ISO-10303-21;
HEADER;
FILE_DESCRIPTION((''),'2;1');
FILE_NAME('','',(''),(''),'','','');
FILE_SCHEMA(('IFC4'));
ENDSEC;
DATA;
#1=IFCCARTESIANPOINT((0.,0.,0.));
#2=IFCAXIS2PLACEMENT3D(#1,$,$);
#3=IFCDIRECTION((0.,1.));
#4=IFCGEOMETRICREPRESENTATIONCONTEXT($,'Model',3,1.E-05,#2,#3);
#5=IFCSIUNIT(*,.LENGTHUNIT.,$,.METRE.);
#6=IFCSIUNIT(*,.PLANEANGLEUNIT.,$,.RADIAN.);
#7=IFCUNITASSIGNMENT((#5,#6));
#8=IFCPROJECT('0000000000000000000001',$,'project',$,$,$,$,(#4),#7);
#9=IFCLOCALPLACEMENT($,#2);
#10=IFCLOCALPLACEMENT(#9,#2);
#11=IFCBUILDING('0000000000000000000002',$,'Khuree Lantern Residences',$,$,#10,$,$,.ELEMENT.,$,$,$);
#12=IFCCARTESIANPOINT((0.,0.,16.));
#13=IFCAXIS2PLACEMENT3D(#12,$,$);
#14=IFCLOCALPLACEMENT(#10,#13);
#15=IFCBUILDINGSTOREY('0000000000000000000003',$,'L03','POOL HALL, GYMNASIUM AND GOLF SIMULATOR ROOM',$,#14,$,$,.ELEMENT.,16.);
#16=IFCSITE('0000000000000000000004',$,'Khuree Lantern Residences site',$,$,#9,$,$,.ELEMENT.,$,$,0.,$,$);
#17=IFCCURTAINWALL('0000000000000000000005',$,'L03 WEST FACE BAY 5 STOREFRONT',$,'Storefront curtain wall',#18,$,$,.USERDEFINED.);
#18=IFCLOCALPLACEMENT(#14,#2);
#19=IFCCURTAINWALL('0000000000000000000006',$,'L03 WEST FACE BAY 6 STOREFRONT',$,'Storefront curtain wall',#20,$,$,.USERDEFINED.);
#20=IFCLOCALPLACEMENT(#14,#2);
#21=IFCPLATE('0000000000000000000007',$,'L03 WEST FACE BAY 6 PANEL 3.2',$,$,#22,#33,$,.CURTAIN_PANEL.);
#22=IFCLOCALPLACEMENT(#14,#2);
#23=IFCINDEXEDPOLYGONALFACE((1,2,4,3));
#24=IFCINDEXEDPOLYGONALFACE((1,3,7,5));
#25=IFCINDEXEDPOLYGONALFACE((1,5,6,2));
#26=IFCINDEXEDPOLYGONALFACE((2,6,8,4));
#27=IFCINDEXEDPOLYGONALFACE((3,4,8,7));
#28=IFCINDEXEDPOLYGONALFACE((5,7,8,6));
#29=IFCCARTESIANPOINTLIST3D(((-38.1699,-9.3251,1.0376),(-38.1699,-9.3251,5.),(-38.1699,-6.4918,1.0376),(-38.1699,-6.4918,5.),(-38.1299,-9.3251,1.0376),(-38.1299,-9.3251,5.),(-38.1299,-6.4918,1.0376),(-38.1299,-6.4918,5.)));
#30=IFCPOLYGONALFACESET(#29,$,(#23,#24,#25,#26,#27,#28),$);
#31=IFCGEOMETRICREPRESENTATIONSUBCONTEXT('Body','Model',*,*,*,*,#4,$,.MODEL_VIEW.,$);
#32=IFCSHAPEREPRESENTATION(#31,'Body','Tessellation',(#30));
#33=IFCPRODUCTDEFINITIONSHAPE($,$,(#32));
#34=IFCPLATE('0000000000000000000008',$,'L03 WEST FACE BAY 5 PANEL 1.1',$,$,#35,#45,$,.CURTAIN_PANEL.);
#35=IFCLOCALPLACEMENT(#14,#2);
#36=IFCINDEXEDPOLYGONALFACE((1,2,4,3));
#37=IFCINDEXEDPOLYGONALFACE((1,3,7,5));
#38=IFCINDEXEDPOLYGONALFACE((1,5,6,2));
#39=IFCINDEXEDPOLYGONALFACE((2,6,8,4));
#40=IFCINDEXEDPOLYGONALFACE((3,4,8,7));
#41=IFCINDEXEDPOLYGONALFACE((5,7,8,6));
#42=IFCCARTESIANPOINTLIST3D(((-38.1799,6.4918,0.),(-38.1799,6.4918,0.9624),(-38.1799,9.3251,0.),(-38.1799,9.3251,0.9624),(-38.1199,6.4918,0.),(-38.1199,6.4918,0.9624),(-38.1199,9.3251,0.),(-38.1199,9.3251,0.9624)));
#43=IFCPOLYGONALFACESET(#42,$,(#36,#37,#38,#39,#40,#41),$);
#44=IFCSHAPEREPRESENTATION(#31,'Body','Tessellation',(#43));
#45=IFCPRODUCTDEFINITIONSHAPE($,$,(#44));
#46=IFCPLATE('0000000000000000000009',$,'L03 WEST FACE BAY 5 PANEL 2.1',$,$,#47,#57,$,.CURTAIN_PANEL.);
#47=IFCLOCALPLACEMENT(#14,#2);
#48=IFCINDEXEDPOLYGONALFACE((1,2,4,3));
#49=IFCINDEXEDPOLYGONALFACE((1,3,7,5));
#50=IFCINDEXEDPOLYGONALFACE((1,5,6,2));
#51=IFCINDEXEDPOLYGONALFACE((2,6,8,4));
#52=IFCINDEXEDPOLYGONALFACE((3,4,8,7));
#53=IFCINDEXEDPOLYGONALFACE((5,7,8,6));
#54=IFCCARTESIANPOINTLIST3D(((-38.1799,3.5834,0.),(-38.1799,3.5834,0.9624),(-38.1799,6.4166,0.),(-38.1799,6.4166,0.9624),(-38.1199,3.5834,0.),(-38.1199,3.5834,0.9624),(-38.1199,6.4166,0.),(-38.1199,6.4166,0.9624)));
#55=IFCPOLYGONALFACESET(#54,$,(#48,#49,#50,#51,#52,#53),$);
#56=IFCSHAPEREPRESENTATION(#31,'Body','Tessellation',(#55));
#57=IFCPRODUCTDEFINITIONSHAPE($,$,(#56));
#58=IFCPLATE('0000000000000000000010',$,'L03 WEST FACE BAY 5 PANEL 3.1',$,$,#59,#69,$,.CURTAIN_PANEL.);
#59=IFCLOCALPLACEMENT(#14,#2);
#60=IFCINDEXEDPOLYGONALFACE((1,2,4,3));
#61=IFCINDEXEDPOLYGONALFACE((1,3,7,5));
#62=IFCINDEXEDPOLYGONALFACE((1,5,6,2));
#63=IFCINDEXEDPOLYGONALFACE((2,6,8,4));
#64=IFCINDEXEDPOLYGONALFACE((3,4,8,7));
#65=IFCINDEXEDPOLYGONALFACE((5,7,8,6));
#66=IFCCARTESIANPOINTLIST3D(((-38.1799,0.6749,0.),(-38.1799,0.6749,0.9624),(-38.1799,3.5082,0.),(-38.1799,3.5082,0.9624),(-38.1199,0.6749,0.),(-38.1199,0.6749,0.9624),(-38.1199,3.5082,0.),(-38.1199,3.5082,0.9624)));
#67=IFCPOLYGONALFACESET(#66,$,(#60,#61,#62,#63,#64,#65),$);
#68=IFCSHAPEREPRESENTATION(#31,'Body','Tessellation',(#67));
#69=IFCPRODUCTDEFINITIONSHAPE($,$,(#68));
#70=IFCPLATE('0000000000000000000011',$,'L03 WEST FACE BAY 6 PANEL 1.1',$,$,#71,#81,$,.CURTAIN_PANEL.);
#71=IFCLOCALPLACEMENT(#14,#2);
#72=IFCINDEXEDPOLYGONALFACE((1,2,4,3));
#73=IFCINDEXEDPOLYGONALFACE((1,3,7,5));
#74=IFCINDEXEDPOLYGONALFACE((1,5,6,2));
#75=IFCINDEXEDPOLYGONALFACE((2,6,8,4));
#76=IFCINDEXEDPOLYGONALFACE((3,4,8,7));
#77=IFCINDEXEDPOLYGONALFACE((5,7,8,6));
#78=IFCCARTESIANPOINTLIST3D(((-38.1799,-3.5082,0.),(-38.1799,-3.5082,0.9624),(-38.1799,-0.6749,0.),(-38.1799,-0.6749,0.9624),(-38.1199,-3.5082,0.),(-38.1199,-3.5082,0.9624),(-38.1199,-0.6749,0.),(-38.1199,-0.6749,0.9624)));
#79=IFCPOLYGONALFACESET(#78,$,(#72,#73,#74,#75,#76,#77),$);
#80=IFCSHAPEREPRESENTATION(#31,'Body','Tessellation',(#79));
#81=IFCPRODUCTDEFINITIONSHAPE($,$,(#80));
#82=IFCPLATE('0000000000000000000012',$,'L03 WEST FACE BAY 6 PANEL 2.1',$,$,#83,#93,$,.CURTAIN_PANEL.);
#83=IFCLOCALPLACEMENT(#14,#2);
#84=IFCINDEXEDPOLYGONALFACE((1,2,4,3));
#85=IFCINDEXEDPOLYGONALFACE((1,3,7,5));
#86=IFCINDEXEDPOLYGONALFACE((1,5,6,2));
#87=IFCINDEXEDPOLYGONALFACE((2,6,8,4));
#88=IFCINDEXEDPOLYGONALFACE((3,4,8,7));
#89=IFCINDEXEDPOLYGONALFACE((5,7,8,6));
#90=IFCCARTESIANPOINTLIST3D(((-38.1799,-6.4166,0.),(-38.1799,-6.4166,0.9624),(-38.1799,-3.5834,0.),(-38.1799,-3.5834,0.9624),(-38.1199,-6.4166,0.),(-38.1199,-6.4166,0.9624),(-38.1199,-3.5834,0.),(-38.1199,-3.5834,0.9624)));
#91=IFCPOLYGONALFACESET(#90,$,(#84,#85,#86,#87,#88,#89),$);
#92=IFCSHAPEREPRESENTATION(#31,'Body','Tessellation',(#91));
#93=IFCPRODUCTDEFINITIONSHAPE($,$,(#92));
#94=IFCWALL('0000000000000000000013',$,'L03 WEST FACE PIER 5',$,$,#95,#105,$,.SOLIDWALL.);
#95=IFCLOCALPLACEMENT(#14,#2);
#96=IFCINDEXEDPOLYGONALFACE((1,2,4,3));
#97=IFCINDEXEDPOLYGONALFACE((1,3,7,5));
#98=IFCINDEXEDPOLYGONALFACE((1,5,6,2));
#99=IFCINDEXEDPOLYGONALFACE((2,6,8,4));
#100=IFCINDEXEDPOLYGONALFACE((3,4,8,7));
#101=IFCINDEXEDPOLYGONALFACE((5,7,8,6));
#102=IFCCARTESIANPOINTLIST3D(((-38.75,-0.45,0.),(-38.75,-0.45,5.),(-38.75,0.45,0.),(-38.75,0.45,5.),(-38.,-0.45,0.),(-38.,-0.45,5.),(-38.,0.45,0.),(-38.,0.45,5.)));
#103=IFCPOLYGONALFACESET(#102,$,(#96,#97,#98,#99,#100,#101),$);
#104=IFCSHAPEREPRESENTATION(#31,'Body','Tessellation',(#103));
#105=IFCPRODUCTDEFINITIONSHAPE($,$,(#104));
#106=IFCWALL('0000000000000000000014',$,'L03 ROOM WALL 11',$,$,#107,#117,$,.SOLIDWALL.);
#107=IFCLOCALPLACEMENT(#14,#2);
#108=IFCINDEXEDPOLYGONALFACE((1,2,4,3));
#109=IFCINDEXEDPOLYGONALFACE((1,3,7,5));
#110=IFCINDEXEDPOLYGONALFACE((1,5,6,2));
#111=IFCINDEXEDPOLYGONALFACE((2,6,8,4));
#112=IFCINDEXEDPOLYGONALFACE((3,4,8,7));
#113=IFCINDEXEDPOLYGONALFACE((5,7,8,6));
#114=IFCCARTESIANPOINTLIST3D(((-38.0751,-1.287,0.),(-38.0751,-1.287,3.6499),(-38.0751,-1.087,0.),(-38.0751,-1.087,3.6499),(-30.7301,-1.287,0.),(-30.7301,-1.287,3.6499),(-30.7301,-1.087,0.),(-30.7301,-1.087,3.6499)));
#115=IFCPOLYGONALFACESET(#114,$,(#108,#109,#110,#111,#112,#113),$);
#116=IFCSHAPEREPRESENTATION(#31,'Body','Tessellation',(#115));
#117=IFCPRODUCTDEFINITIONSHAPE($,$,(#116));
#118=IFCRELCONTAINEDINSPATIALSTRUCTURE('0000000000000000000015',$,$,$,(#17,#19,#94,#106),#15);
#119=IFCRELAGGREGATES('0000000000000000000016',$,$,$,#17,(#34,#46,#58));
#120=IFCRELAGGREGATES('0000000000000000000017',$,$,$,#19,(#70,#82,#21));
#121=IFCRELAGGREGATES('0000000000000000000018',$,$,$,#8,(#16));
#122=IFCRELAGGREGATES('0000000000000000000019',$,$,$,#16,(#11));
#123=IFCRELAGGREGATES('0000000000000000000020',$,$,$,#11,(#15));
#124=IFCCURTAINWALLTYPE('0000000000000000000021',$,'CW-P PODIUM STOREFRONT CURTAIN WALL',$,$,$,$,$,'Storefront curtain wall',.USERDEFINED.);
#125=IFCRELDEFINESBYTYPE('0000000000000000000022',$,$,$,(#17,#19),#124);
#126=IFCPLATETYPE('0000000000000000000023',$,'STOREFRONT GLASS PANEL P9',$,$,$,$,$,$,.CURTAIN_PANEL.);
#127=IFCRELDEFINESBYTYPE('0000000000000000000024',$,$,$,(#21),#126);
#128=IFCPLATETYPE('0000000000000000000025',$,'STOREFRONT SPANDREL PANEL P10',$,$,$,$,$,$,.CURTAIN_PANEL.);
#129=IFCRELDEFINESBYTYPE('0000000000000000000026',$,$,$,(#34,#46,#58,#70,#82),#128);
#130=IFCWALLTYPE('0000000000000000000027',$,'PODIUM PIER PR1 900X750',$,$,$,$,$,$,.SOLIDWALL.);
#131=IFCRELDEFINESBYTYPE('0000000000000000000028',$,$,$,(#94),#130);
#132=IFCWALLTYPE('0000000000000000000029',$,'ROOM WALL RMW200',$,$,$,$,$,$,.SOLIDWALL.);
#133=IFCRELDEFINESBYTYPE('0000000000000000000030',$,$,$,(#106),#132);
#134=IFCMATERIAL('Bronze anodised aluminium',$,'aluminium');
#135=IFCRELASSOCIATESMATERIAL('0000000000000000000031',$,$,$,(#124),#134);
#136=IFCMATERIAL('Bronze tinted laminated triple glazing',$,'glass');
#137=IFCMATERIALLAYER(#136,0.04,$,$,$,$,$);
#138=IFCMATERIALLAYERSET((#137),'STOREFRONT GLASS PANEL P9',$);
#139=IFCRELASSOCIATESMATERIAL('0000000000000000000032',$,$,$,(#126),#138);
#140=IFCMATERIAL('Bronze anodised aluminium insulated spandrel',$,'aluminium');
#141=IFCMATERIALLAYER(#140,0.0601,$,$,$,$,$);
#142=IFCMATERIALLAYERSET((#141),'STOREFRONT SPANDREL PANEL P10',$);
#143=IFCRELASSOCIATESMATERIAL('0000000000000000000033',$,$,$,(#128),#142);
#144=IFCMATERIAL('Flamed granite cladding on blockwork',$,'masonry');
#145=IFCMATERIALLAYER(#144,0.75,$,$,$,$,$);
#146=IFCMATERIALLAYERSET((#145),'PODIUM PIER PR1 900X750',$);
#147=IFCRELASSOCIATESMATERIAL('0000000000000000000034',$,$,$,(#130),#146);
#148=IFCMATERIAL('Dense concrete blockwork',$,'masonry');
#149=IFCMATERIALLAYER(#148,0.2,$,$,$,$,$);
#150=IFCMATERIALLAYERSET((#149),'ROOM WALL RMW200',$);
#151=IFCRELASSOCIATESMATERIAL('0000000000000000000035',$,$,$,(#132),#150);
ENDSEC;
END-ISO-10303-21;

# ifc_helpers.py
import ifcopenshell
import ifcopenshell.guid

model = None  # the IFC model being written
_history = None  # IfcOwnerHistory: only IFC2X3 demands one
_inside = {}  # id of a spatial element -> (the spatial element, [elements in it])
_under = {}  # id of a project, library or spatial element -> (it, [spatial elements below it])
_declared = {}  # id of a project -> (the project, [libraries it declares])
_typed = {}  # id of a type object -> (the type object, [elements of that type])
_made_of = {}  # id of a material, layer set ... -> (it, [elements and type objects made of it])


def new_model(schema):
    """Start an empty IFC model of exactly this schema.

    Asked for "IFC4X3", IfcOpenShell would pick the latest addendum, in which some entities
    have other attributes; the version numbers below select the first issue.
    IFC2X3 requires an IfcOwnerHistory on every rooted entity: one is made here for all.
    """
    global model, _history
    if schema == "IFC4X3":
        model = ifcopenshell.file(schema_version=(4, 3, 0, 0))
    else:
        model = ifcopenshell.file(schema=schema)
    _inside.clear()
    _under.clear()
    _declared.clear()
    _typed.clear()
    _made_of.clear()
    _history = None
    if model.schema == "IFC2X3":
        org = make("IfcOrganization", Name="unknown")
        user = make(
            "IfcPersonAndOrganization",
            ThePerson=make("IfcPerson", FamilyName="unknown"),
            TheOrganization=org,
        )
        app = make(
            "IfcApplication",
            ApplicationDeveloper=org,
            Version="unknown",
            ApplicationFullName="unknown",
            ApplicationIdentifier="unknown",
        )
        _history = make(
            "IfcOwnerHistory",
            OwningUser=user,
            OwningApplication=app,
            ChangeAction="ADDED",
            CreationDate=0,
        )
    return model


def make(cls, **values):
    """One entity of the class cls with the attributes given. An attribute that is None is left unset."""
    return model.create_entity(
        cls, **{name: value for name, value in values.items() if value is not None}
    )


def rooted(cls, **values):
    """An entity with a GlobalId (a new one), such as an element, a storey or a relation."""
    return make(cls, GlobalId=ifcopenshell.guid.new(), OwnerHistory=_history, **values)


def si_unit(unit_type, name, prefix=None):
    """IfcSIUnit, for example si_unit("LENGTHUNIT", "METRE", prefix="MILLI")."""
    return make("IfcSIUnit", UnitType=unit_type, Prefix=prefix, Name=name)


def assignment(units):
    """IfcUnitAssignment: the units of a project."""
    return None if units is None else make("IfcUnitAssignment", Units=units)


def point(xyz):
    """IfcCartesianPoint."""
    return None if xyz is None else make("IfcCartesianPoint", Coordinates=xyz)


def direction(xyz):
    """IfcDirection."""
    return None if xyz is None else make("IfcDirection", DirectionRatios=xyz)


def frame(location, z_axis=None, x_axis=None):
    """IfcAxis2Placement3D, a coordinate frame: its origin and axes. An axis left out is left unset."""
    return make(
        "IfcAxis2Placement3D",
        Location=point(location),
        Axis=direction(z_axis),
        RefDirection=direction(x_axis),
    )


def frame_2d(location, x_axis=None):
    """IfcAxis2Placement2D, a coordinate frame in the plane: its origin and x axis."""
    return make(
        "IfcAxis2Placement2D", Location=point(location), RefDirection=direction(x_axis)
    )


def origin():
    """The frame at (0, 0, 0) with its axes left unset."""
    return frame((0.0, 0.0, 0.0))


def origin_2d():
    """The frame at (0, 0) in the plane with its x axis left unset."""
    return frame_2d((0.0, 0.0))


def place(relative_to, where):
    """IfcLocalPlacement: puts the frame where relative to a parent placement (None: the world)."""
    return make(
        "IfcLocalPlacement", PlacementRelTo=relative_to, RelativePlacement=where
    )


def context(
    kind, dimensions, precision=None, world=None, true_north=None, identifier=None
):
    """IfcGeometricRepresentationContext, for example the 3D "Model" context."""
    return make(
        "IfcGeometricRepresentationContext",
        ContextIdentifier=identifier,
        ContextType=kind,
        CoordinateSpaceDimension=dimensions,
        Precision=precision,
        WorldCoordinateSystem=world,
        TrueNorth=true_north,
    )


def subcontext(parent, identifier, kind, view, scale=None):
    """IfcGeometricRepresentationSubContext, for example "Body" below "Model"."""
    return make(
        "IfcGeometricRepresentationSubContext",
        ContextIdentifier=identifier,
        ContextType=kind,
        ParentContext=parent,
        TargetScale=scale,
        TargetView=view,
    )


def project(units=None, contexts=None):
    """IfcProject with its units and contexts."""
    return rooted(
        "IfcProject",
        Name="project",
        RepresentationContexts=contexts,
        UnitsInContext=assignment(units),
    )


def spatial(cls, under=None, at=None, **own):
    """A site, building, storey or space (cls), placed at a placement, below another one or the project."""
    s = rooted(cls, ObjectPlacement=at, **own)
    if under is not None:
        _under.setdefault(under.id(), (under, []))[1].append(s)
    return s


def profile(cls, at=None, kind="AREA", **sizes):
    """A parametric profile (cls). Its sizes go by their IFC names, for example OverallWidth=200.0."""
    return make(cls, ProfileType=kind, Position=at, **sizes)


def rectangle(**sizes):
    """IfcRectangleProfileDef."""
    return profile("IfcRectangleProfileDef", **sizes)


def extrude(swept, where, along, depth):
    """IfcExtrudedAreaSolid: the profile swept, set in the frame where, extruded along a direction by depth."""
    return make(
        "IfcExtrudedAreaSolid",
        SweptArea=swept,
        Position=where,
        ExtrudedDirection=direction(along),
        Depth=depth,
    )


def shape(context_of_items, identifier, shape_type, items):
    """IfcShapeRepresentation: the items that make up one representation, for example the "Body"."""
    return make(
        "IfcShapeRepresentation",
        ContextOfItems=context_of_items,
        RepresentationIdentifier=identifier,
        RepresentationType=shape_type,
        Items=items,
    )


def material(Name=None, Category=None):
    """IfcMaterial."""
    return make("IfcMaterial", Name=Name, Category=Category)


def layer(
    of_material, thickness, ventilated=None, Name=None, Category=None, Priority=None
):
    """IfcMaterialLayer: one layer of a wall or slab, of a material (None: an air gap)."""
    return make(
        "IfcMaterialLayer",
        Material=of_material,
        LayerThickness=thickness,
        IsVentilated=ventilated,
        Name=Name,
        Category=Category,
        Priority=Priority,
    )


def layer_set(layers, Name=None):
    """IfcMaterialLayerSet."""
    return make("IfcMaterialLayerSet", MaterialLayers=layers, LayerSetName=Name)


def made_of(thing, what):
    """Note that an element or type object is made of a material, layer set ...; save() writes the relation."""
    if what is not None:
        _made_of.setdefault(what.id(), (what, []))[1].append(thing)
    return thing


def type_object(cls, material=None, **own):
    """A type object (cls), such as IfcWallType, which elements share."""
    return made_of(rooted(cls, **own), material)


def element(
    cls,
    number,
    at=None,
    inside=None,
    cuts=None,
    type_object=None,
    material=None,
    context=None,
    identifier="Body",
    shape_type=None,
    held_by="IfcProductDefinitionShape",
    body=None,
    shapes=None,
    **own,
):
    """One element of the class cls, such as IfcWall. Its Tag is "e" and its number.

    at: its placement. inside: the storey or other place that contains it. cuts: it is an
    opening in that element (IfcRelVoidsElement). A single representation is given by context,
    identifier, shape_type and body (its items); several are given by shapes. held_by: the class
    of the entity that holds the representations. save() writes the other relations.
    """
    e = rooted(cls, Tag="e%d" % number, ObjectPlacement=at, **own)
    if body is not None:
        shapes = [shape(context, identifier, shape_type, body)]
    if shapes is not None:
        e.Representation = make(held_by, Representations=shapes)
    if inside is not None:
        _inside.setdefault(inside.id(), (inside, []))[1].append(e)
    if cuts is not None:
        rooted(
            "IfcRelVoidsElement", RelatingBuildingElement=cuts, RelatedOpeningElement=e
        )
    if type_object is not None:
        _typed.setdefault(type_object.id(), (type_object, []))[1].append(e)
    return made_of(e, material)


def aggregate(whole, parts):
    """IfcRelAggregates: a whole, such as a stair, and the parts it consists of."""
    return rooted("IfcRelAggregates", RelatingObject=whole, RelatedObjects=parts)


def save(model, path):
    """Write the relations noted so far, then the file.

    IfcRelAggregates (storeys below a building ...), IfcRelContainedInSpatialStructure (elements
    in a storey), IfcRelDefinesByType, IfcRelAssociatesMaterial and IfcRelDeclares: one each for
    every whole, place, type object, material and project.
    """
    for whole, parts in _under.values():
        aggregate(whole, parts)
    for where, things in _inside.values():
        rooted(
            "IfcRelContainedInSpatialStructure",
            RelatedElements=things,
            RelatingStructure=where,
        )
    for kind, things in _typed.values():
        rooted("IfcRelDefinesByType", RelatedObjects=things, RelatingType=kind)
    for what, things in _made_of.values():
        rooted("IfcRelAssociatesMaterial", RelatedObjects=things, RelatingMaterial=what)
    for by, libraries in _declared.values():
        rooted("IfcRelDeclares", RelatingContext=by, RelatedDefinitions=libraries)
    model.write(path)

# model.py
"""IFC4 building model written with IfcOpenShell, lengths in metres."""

from ifc_helpers import new_model, si_unit, direction, frame, frame_2d, origin, origin_2d, place, context, subcontext, project, spatial, rectangle, extrude, material, layer, layer_set, type_object, element, aggregate, save


model = new_model("IFC4")

# Units and contexts
model_context = context("Model", 3, precision=1e-05, world=origin(), true_north=direction((0.0, 1.0)))
body_context = subcontext(model_context, "Body", "Model", "MODEL_VIEW")
ifc_project = project(units=[si_unit("LENGTHUNIT", "METRE"), si_unit("PLANEANGLEUNIT", "RADIAN")], contexts=[model_context])

# Site, building, storey
site_placement = place(None, origin())
site = spatial("IfcSite", under=ifc_project, at=site_placement, Name="Khuree Lantern Residences site", CompositionType="ELEMENT", RefElevation=0.0)
building_placement = place(site_placement, origin())
building = spatial("IfcBuilding", under=site, at=building_placement, Name="Khuree Lantern Residences", CompositionType="ELEMENT")
storey_placement = place(building_placement, frame((0.0, 0.0, 16.0)))
storey = spatial("IfcBuildingStorey", under=building, at=storey_placement, Name="L03", Description="POOL HALL, GYMNASIUM AND GOLF SIMULATOR ROOM", CompositionType="ELEMENT", Elevation=16.0)

# Curtain walls
ifc_material_1 = material(Name="Bronze anodised aluminium", Category="aluminium")
curtain_wall_type = type_object("IfcCurtainWallType", Name="CW-P PODIUM STOREFRONT CURTAIN WALL", ElementType="Storefront curtain wall", PredefinedType="USERDEFINED", material=ifc_material_1)
curtain_wall_1_placement = place(storey_placement, origin())
curtain_wall_1 = element("IfcCurtainWall", 1, at=curtain_wall_1_placement, inside=storey, type_object=curtain_wall_type, Name="L03 WEST FACE BAY 5 STOREFRONT", ObjectType="Storefront curtain wall", PredefinedType="USERDEFINED")
curtain_wall_2_placement = place(storey_placement, origin())
curtain_wall_2 = element("IfcCurtainWall", 2, at=curtain_wall_2_placement, inside=storey, type_object=curtain_wall_type, Name="L03 WEST FACE BAY 6 STOREFRONT", ObjectType="Storefront curtain wall", PredefinedType="USERDEFINED")

# Plates
ifc_material_2 = material(Name="Bronze tinted laminated triple glazing", Category="glass")
ifc_layer_1 = layer(ifc_material_2, 0.04)
ifc_layer_set_1 = layer_set([ifc_layer_1], Name="STOREFRONT GLASS PANEL P9")
plate_type_1 = type_object("IfcPlateType", Name="STOREFRONT GLASS PANEL P9", PredefinedType="CURTAIN_PANEL", material=ifc_layer_set_1)
plate_1_placement = place(storey_placement, frame((-38.1499, -7.9084, 1.0376), z_axis=(0.0, 0.0, 1.0), x_axis=(0.0, -1.0, 0.0)))
plate_1 = element("IfcPlate", 3, at=plate_1_placement, type_object=plate_type_1, Name="L03 WEST FACE BAY 6 PANEL 3.2", PredefinedType="CURTAIN_PANEL", context=body_context, shape_type="SweptSolid", body=[
    extrude(rectangle(XDim=2.8333, YDim=0.04, at=origin_2d()), origin(), (0.0, 0.0, 1.0), 3.9624),
])
ifc_material_3 = material(Name="Bronze anodised aluminium insulated spandrel", Category="aluminium")
ifc_layer_2 = layer(ifc_material_3, 0.0601)
ifc_layer_set_2 = layer_set([ifc_layer_2], Name="STOREFRONT SPANDREL PANEL P10")
plate_type_2 = type_object("IfcPlateType", Name="STOREFRONT SPANDREL PANEL P10", PredefinedType="CURTAIN_PANEL", material=ifc_layer_set_2)
plate_2_placement = place(storey_placement, frame((-38.1499, 7.9084, 0.0), z_axis=(0.0, 0.0, 1.0), x_axis=(0.0, -1.0, 0.0)))
plate_2 = element("IfcPlate", 4, at=plate_2_placement, type_object=plate_type_2, Name="L03 WEST FACE BAY 5 PANEL 1.1", PredefinedType="CURTAIN_PANEL", context=body_context, shape_type="SweptSolid", body=[
    extrude(rectangle(XDim=2.8333, YDim=0.0601, at=origin_2d()), origin(), (0.0, 0.0, 1.0), 0.9624),
])
plate_3_placement = place(storey_placement, frame((-38.1499, 5.0, 0.0), z_axis=(0.0, 0.0, 1.0), x_axis=(0.0, -1.0, 0.0)))
plate_3 = element("IfcPlate", 5, at=plate_3_placement, type_object=plate_type_2, Name="L03 WEST FACE BAY 5 PANEL 2.1", PredefinedType="CURTAIN_PANEL", context=body_context, shape_type="SweptSolid", body=[
    extrude(rectangle(XDim=2.8333, YDim=0.0601, at=origin_2d()), origin(), (0.0, 0.0, 1.0), 0.9624),
])
plate_4_placement = place(storey_placement, frame((-38.1499, 2.0916, 0.0), z_axis=(0.0, 0.0, 1.0), x_axis=(0.0, -1.0, 0.0)))
plate_4 = element("IfcPlate", 6, at=plate_4_placement, type_object=plate_type_2, Name="L03 WEST FACE BAY 5 PANEL 3.1", PredefinedType="CURTAIN_PANEL", context=body_context, shape_type="SweptSolid", body=[
    extrude(rectangle(XDim=2.8333, YDim=0.0601, at=origin_2d()), origin(), (0.0, 0.0, 1.0), 0.9624),
])
aggregate(curtain_wall_1, [plate_2, plate_3, plate_4])
plate_5_placement = place(storey_placement, frame((-38.1499, -2.0916, 0.0), z_axis=(0.0, 0.0, 1.0), x_axis=(0.0, -1.0, 0.0)))
plate_5 = element("IfcPlate", 7, at=plate_5_placement, type_object=plate_type_2, Name="L03 WEST FACE BAY 6 PANEL 1.1", PredefinedType="CURTAIN_PANEL", context=body_context, shape_type="SweptSolid", body=[
    extrude(rectangle(XDim=2.8333, YDim=0.0601, at=origin_2d()), origin(), (0.0, 0.0, 1.0), 0.9624),
])
plate_6_placement = place(storey_placement, frame((-38.1499, -5.0, 0.0), z_axis=(0.0, 0.0, 1.0), x_axis=(0.0, -1.0, 0.0)))
plate_6 = element("IfcPlate", 8, at=plate_6_placement, type_object=plate_type_2, Name="L03 WEST FACE BAY 6 PANEL 2.1", PredefinedType="CURTAIN_PANEL", context=body_context, shape_type="SweptSolid", body=[
    extrude(rectangle(XDim=2.8333, YDim=0.0601, at=origin_2d()), origin(), (0.0, 0.0, 1.0), 0.9624),
])
aggregate(curtain_wall_2, [plate_5, plate_6, plate_1])

# Walls
ifc_material_4 = material(Name="Flamed granite cladding on blockwork", Category="masonry")
ifc_layer_3 = layer(ifc_material_4, 0.75)
ifc_layer_set_3 = layer_set([ifc_layer_3], Name="PODIUM PIER PR1 900X750")
wall_type_1 = type_object("IfcWallType", Name="PODIUM PIER PR1 900X750", PredefinedType="SOLIDWALL", material=ifc_layer_set_3)
wall_1_placement = place(storey_placement, frame((-38.375, 0.45, 0.0), z_axis=(0.0, 0.0, 1.0), x_axis=(0.0, -1.0, 0.0)))
element("IfcWall", 9, at=wall_1_placement, inside=storey, type_object=wall_type_1, Name="L03 WEST FACE PIER 5", PredefinedType="SOLIDWALL", context=body_context, shape_type="SweptSolid", body=[
    extrude(rectangle(XDim=0.8999, YDim=0.75, at=frame_2d((0.45, 0.0))), origin(), (0.0, 0.0, 1.0), 5.0),
])
ifc_material_5 = material(Name="Dense concrete blockwork", Category="masonry")
ifc_layer_4 = layer(ifc_material_5, 0.2)
ifc_layer_set_4 = layer_set([ifc_layer_4], Name="ROOM WALL RMW200")
wall_type_2 = type_object("IfcWallType", Name="ROOM WALL RMW200", PredefinedType="SOLIDWALL", material=ifc_layer_set_4)
wall_2_placement = place(storey_placement, frame((-38.075, -1.187, 0.0), z_axis=(0.0, 0.0, 1.0), x_axis=(1.0, 0.0, 0.0)))
element("IfcWall", 10, at=wall_2_placement, inside=storey, type_object=wall_type_2, Name="L03 ROOM WALL 11", PredefinedType="SOLIDWALL", context=body_context, shape_type="SweptSolid", body=[
    extrude(rectangle(XDim=7.345, YDim=0.2, at=frame_2d((3.6724, 0.0))), origin(), (0.0, 0.0, 1.0), 3.6499),
])

save(model, "model.ifc")
